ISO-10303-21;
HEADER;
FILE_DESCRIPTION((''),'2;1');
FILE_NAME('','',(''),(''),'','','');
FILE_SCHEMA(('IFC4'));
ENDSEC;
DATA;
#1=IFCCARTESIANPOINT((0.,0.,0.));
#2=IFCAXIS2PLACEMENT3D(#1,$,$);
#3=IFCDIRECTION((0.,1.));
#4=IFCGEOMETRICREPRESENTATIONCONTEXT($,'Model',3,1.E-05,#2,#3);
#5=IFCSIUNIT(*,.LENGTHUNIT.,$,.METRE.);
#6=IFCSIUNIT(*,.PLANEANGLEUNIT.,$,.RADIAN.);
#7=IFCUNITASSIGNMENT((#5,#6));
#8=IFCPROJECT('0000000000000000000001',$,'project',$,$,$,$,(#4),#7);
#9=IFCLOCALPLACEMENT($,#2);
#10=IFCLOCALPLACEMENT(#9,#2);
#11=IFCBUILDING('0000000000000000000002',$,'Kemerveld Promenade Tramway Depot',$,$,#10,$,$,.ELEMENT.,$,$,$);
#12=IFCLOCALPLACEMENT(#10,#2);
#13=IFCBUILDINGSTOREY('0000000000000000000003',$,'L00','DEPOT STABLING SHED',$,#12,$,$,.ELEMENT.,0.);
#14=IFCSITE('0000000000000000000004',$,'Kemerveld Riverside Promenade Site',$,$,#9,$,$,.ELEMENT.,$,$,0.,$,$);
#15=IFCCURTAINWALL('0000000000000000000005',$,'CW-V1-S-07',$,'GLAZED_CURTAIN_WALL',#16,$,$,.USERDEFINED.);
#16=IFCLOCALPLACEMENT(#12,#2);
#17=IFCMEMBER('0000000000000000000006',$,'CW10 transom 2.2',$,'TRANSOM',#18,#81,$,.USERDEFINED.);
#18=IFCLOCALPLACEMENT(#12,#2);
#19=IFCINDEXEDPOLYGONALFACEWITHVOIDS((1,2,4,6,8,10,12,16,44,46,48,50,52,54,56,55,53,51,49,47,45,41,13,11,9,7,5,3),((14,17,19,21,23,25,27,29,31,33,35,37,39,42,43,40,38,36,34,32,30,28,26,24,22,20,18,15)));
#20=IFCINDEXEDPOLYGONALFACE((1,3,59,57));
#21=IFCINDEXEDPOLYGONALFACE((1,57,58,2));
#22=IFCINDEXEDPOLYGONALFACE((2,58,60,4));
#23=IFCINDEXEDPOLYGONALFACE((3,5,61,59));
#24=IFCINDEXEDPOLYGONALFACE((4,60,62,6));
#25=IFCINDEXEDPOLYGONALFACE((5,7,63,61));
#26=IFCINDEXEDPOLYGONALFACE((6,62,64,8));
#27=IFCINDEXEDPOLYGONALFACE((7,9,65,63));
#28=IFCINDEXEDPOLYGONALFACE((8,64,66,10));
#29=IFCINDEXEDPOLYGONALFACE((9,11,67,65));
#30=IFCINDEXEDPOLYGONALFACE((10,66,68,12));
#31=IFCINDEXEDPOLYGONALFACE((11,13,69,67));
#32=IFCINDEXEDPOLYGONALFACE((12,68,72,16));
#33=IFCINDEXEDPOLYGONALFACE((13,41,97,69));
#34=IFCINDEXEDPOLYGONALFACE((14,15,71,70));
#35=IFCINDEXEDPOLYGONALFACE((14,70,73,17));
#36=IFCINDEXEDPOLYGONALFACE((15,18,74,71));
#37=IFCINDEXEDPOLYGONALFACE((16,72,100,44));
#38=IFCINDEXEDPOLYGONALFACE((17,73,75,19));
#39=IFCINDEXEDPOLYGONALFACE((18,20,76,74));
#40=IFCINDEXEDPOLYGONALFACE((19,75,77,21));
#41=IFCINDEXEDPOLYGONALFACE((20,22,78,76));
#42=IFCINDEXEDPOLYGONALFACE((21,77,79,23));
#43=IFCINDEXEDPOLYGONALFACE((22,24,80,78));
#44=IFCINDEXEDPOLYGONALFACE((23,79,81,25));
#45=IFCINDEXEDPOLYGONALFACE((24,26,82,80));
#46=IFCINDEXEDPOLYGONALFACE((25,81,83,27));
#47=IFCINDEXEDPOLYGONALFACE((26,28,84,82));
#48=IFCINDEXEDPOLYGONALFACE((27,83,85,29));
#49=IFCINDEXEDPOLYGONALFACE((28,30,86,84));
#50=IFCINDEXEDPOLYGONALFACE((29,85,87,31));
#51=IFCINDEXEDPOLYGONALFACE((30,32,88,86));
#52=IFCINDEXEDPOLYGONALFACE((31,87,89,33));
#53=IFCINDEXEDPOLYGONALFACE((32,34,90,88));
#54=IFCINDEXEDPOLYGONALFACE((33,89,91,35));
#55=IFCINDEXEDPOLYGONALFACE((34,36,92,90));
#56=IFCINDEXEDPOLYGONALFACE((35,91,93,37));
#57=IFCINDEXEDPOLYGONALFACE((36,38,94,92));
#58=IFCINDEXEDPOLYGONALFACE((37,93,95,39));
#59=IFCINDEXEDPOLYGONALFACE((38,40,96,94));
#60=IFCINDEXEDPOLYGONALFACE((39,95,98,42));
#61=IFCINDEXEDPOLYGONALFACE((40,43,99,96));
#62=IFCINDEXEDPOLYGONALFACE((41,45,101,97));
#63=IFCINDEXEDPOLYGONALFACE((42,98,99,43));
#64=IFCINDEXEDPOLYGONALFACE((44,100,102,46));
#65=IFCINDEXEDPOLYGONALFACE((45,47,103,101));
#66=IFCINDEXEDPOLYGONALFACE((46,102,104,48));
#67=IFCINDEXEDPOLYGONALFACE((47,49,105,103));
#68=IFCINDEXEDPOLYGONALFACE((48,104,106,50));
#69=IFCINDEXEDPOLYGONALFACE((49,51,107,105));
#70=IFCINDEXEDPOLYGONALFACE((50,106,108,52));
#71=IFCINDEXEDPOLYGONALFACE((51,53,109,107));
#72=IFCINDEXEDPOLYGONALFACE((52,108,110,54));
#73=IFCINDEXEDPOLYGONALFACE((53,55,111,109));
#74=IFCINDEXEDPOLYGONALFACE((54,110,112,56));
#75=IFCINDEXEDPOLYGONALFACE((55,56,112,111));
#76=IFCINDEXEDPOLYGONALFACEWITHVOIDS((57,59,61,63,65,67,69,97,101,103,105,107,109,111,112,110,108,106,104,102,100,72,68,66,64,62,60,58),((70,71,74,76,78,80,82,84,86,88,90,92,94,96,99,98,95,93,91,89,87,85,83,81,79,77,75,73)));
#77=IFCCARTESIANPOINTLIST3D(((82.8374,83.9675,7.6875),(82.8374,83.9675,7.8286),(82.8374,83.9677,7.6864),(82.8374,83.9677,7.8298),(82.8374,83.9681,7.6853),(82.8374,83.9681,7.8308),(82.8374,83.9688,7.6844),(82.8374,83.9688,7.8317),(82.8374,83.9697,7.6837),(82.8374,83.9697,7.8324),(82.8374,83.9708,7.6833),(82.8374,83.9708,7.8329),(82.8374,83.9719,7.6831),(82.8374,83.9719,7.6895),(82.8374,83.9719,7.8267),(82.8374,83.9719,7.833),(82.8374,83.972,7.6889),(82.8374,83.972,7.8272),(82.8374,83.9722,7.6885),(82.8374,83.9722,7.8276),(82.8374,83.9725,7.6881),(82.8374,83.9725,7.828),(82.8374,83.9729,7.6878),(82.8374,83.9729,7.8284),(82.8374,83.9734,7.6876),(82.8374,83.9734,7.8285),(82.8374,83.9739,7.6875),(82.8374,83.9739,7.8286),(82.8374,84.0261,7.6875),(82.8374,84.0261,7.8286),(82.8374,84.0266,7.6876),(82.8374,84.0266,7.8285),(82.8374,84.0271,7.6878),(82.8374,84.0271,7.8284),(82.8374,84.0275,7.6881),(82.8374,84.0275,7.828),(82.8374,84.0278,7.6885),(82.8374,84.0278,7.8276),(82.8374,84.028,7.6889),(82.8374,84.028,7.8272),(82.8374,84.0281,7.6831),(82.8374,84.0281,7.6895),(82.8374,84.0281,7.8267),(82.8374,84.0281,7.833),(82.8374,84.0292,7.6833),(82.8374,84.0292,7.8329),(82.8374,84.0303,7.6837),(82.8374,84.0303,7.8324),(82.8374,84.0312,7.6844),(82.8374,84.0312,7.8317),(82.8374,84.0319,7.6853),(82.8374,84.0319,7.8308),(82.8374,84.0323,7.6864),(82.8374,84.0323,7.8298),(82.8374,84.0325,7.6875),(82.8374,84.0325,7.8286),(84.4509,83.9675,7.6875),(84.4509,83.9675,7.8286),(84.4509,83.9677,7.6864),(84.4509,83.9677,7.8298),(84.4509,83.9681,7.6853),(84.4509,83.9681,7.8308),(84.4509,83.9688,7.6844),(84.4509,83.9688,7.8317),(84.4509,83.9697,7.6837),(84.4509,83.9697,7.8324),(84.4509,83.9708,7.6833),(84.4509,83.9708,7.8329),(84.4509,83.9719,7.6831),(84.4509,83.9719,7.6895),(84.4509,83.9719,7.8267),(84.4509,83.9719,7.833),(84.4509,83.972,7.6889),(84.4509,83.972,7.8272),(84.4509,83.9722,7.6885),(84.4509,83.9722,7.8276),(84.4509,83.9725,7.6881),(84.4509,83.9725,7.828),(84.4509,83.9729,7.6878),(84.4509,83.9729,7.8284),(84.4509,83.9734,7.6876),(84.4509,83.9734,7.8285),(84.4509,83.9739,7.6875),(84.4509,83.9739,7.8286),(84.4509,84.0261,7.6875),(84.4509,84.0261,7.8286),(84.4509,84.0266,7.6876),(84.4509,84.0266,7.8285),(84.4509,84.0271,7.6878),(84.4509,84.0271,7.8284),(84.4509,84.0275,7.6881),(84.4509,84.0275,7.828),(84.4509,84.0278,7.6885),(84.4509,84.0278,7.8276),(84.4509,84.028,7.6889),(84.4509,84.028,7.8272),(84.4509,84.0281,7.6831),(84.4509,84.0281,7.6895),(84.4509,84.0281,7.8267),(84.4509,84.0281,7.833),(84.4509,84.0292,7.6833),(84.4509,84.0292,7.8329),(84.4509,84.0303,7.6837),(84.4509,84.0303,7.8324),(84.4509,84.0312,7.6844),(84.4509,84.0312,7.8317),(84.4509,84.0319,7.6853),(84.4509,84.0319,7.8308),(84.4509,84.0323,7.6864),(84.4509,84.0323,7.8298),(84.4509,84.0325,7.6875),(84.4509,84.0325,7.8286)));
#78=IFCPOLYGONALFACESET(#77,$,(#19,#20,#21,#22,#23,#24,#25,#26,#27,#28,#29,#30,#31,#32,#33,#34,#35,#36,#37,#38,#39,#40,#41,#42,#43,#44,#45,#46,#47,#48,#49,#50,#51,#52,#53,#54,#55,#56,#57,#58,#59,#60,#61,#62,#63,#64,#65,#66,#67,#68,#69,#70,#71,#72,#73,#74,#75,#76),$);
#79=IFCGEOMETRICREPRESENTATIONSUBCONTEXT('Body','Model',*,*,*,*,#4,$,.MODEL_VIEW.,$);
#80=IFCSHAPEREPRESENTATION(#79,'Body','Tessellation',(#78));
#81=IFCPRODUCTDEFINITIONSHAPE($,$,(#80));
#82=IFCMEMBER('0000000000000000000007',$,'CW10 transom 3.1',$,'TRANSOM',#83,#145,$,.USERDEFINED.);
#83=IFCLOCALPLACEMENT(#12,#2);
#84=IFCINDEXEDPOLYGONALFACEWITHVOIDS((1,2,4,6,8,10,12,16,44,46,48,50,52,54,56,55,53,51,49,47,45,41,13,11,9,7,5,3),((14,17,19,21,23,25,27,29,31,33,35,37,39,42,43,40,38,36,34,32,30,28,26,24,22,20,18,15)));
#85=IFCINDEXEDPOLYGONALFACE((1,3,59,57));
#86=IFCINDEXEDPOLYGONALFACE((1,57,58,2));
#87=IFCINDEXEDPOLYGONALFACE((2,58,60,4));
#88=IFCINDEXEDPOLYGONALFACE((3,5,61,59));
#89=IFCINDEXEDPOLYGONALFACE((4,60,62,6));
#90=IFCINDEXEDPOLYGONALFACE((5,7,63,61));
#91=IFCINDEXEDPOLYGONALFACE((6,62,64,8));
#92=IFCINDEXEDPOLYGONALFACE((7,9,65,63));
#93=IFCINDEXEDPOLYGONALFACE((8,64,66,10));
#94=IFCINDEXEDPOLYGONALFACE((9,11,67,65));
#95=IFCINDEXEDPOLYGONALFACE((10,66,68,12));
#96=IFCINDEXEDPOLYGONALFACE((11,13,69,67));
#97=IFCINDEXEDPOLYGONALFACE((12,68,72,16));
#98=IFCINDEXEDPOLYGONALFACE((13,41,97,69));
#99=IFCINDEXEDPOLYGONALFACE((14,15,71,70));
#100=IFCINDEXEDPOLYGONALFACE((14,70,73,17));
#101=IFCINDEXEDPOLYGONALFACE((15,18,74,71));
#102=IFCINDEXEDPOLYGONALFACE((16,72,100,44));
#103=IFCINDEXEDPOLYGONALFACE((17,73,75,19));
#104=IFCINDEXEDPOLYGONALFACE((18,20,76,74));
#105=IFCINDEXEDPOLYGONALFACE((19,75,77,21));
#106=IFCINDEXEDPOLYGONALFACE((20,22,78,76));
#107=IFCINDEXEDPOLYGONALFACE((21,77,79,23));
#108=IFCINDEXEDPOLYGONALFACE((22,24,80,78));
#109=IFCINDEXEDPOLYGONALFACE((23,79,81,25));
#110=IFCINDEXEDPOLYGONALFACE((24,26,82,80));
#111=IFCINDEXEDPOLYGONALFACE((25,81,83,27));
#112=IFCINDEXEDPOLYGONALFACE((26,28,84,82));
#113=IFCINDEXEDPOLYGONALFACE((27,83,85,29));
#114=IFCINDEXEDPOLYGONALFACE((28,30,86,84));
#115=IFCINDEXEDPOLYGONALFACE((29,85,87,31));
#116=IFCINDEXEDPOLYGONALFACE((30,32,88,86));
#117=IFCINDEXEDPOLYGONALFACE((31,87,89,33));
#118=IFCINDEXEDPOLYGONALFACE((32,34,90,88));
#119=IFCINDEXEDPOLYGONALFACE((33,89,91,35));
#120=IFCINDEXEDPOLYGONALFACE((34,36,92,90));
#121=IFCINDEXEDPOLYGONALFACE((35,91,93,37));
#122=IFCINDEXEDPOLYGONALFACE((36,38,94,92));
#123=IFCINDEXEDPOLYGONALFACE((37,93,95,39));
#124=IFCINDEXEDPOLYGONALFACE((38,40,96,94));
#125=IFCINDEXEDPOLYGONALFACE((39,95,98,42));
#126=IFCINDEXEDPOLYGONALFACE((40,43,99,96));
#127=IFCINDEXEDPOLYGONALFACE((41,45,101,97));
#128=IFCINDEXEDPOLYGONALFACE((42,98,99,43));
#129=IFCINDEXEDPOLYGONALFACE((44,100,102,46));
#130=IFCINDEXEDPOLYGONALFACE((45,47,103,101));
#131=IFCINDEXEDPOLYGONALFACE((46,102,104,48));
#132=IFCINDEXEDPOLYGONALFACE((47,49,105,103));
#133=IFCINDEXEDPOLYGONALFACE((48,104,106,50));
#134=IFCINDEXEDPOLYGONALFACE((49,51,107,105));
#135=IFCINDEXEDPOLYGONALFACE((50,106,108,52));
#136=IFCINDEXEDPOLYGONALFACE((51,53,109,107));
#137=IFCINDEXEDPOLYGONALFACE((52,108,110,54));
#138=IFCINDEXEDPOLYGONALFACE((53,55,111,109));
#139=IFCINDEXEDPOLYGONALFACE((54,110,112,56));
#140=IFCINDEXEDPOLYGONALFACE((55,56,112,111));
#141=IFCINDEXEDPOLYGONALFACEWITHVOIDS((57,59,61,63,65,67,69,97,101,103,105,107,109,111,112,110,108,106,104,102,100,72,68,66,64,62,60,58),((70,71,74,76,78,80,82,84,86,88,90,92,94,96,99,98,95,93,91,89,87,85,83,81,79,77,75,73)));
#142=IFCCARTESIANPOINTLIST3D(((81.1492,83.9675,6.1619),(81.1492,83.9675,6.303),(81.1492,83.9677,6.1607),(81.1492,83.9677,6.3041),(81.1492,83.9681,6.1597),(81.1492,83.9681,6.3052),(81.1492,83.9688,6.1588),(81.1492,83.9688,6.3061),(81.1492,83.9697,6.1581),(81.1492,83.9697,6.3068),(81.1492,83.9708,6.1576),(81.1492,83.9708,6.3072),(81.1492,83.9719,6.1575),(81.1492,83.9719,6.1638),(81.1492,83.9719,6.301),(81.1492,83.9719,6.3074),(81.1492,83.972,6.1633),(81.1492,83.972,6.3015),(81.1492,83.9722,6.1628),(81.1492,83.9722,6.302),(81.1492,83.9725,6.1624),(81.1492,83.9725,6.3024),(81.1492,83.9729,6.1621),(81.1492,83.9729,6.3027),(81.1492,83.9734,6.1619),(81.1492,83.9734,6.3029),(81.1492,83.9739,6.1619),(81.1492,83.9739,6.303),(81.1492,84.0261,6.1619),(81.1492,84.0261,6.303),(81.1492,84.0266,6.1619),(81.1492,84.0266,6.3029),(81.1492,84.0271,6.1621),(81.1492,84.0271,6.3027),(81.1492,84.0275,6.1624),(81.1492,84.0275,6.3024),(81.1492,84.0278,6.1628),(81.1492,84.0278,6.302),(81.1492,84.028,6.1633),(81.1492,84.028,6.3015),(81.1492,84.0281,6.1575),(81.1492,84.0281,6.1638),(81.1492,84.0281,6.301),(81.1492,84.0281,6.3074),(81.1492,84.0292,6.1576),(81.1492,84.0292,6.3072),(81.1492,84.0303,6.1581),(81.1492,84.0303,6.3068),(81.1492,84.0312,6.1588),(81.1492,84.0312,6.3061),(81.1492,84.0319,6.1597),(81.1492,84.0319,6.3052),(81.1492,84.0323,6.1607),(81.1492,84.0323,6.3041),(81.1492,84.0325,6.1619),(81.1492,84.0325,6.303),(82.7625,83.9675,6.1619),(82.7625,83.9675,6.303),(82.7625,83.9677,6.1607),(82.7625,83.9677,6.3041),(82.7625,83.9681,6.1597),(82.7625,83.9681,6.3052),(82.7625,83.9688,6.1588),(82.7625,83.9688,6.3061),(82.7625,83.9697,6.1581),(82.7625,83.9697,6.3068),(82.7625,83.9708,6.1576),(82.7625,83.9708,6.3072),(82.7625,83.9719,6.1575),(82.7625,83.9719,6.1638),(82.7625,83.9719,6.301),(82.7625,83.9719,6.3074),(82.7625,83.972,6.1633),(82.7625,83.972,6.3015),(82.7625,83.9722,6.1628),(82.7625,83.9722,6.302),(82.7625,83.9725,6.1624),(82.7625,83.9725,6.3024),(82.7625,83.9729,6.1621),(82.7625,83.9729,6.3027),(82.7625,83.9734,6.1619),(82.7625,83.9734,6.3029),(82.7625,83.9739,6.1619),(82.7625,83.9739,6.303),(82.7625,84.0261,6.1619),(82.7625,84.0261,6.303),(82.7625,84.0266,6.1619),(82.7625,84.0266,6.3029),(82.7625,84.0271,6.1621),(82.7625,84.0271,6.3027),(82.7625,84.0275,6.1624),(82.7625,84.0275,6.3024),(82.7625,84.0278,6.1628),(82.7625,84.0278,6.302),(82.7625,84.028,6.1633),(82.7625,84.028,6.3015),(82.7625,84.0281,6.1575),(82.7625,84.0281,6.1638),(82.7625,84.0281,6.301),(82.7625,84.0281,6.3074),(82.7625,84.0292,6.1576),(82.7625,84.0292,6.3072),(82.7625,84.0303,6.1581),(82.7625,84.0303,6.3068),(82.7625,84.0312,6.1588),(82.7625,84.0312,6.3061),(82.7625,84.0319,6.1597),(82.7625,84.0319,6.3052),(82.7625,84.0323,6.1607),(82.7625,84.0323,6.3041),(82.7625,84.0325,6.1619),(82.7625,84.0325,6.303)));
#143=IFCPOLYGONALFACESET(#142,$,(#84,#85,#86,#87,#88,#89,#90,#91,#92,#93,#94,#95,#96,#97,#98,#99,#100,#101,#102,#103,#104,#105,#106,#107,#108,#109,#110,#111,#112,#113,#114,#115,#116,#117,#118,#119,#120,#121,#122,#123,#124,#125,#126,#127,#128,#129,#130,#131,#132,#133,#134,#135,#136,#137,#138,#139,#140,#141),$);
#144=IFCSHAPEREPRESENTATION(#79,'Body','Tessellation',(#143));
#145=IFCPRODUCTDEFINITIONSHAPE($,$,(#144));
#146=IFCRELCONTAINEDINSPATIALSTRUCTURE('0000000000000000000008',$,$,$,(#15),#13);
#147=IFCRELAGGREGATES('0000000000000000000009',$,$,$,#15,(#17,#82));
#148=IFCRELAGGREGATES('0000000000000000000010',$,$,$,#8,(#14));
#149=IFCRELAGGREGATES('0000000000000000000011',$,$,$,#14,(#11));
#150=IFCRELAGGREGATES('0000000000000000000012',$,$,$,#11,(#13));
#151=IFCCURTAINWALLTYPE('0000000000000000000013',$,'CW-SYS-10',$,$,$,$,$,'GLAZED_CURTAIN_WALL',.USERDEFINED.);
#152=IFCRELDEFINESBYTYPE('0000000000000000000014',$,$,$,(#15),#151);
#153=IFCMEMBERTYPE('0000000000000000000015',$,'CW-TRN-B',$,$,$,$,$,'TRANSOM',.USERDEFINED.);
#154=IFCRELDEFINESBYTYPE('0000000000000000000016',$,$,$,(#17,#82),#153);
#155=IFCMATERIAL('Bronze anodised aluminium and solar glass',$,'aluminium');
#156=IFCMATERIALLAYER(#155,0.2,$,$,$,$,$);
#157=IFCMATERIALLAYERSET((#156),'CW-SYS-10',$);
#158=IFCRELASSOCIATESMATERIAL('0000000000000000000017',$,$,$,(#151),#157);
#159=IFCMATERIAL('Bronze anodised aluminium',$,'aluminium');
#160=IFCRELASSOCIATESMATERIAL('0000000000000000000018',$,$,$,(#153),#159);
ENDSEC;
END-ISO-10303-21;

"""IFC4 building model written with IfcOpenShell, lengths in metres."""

from ifc_helpers import new_model, si_unit, direction, frame, origin, origin_2d, place, context, subcontext, project, spatial, hollow_rectangle, extrude, material, layer, layer_set, material_profile, profile_set, type_object, element, aggregate, save


model = new_model("IFC4")

# Units and contexts
model_context = context("Model", 3, precision=1e-05, world=origin(), true_north=direction((0.0, 1.0)))
body_context = subcontext(model_context, "Body", "Model", "MODEL_VIEW")
ifc_project = project(units=[si_unit("LENGTHUNIT", "METRE"), si_unit("PLANEANGLEUNIT", "RADIAN")], contexts=[model_context])

# Site, building, storey
site_placement = place(None, origin())
site = spatial("IfcSite", under=ifc_project, at=site_placement, Name="Kemerveld Riverside Promenade Site", CompositionType="ELEMENT", RefElevation=0.0)
building_placement = place(site_placement, origin())
building = spatial("IfcBuilding", under=site, at=building_placement, Name="Kemerveld Promenade Tramway Depot", CompositionType="ELEMENT")
storey_placement = place(building_placement, origin())
storey = spatial("IfcBuildingStorey", under=building, at=storey_placement, Name="L00", Description="DEPOT STABLING SHED", CompositionType="ELEMENT", Elevation=0.0)

# Curtain wall
ifc_material_1 = material(Name="Bronze anodised aluminium and solar glass", Category="aluminium")
ifc_material_2 = material(Name="Bronze anodised aluminium", Category="aluminium")
ifc_layer_1 = layer(ifc_material_1, 0.2)
ifc_layer_set_1 = layer_set([ifc_layer_1], Name="CW-SYS-10")
curtain_wall_type_1 = type_object("IfcCurtainWallType", Name="CW-SYS-10", ElementType="GLAZED_CURTAIN_WALL", PredefinedType="USERDEFINED", material=ifc_layer_set_1)
curtain_wall_1_placement = place(storey_placement, origin())
curtain_wall_1 = element("IfcCurtainWall", 1, at=curtain_wall_1_placement, inside=storey, type_object=curtain_wall_type_1, Name="CW-V1-S-07", ObjectType="GLAZED_CURTAIN_WALL", PredefinedType="USERDEFINED")

# Members
ifc_material_profile_1 = material_profile(ifc_material_2, hollow_rectangle(XDim=0.0649, YDim=0.1499, WallThickness=0.0044, InnerFilletRadius=0.002, OuterFilletRadius=0.0044, at=origin_2d()), Name="CW-TRN-150x65")
ifc_profile_set_1 = profile_set([ifc_material_profile_1], Name="Bronze anodised aluminium")
member_type_1 = type_object("IfcMemberType", Name="CW-TRN-B", ElementType="TRANSOM", PredefinedType="USERDEFINED", material=ifc_profile_set_1)
member_1_placement = place(storey_placement, frame((84.4509, 84.0, 7.7581), z_axis=(-1.0, 0.0, 0.0), x_axis=(0.0, -1.0, 0.0)))
member_1 = element("IfcMember", 2, at=member_1_placement, type_object=member_type_1, Name="CW10 transom 2.2", ObjectType="TRANSOM", PredefinedType="USERDEFINED", context=body_context, shape_type="SweptSolid", body=[
    extrude(hollow_rectangle(XDim=0.0649, YDim=0.1499, WallThickness=0.0044, InnerFilletRadius=0.002, OuterFilletRadius=0.0044, at=origin_2d()), origin(), (0.0, 0.0, 1.0), 1.6135),
])
member_2_placement = place(storey_placement, frame((82.7625, 84.0, 6.2324), z_axis=(-1.0, 0.0, 0.0), x_axis=(0.0, -1.0, 0.0)))
member_2 = element("IfcMember", 3, at=member_2_placement, type_object=member_type_1, Name="CW10 transom 3.1", ObjectType="TRANSOM", PredefinedType="USERDEFINED", context=body_context, shape_type="SweptSolid", body=[
    extrude(hollow_rectangle(XDim=0.0649, YDim=0.1499, WallThickness=0.0044, InnerFilletRadius=0.002, OuterFilletRadius=0.0044, at=origin_2d()), origin(), (0.0, 0.0, 1.0), 1.6133),
])

aggregate(curtain_wall_1, [member_1, member_2])

save(model, "model.ifc")
